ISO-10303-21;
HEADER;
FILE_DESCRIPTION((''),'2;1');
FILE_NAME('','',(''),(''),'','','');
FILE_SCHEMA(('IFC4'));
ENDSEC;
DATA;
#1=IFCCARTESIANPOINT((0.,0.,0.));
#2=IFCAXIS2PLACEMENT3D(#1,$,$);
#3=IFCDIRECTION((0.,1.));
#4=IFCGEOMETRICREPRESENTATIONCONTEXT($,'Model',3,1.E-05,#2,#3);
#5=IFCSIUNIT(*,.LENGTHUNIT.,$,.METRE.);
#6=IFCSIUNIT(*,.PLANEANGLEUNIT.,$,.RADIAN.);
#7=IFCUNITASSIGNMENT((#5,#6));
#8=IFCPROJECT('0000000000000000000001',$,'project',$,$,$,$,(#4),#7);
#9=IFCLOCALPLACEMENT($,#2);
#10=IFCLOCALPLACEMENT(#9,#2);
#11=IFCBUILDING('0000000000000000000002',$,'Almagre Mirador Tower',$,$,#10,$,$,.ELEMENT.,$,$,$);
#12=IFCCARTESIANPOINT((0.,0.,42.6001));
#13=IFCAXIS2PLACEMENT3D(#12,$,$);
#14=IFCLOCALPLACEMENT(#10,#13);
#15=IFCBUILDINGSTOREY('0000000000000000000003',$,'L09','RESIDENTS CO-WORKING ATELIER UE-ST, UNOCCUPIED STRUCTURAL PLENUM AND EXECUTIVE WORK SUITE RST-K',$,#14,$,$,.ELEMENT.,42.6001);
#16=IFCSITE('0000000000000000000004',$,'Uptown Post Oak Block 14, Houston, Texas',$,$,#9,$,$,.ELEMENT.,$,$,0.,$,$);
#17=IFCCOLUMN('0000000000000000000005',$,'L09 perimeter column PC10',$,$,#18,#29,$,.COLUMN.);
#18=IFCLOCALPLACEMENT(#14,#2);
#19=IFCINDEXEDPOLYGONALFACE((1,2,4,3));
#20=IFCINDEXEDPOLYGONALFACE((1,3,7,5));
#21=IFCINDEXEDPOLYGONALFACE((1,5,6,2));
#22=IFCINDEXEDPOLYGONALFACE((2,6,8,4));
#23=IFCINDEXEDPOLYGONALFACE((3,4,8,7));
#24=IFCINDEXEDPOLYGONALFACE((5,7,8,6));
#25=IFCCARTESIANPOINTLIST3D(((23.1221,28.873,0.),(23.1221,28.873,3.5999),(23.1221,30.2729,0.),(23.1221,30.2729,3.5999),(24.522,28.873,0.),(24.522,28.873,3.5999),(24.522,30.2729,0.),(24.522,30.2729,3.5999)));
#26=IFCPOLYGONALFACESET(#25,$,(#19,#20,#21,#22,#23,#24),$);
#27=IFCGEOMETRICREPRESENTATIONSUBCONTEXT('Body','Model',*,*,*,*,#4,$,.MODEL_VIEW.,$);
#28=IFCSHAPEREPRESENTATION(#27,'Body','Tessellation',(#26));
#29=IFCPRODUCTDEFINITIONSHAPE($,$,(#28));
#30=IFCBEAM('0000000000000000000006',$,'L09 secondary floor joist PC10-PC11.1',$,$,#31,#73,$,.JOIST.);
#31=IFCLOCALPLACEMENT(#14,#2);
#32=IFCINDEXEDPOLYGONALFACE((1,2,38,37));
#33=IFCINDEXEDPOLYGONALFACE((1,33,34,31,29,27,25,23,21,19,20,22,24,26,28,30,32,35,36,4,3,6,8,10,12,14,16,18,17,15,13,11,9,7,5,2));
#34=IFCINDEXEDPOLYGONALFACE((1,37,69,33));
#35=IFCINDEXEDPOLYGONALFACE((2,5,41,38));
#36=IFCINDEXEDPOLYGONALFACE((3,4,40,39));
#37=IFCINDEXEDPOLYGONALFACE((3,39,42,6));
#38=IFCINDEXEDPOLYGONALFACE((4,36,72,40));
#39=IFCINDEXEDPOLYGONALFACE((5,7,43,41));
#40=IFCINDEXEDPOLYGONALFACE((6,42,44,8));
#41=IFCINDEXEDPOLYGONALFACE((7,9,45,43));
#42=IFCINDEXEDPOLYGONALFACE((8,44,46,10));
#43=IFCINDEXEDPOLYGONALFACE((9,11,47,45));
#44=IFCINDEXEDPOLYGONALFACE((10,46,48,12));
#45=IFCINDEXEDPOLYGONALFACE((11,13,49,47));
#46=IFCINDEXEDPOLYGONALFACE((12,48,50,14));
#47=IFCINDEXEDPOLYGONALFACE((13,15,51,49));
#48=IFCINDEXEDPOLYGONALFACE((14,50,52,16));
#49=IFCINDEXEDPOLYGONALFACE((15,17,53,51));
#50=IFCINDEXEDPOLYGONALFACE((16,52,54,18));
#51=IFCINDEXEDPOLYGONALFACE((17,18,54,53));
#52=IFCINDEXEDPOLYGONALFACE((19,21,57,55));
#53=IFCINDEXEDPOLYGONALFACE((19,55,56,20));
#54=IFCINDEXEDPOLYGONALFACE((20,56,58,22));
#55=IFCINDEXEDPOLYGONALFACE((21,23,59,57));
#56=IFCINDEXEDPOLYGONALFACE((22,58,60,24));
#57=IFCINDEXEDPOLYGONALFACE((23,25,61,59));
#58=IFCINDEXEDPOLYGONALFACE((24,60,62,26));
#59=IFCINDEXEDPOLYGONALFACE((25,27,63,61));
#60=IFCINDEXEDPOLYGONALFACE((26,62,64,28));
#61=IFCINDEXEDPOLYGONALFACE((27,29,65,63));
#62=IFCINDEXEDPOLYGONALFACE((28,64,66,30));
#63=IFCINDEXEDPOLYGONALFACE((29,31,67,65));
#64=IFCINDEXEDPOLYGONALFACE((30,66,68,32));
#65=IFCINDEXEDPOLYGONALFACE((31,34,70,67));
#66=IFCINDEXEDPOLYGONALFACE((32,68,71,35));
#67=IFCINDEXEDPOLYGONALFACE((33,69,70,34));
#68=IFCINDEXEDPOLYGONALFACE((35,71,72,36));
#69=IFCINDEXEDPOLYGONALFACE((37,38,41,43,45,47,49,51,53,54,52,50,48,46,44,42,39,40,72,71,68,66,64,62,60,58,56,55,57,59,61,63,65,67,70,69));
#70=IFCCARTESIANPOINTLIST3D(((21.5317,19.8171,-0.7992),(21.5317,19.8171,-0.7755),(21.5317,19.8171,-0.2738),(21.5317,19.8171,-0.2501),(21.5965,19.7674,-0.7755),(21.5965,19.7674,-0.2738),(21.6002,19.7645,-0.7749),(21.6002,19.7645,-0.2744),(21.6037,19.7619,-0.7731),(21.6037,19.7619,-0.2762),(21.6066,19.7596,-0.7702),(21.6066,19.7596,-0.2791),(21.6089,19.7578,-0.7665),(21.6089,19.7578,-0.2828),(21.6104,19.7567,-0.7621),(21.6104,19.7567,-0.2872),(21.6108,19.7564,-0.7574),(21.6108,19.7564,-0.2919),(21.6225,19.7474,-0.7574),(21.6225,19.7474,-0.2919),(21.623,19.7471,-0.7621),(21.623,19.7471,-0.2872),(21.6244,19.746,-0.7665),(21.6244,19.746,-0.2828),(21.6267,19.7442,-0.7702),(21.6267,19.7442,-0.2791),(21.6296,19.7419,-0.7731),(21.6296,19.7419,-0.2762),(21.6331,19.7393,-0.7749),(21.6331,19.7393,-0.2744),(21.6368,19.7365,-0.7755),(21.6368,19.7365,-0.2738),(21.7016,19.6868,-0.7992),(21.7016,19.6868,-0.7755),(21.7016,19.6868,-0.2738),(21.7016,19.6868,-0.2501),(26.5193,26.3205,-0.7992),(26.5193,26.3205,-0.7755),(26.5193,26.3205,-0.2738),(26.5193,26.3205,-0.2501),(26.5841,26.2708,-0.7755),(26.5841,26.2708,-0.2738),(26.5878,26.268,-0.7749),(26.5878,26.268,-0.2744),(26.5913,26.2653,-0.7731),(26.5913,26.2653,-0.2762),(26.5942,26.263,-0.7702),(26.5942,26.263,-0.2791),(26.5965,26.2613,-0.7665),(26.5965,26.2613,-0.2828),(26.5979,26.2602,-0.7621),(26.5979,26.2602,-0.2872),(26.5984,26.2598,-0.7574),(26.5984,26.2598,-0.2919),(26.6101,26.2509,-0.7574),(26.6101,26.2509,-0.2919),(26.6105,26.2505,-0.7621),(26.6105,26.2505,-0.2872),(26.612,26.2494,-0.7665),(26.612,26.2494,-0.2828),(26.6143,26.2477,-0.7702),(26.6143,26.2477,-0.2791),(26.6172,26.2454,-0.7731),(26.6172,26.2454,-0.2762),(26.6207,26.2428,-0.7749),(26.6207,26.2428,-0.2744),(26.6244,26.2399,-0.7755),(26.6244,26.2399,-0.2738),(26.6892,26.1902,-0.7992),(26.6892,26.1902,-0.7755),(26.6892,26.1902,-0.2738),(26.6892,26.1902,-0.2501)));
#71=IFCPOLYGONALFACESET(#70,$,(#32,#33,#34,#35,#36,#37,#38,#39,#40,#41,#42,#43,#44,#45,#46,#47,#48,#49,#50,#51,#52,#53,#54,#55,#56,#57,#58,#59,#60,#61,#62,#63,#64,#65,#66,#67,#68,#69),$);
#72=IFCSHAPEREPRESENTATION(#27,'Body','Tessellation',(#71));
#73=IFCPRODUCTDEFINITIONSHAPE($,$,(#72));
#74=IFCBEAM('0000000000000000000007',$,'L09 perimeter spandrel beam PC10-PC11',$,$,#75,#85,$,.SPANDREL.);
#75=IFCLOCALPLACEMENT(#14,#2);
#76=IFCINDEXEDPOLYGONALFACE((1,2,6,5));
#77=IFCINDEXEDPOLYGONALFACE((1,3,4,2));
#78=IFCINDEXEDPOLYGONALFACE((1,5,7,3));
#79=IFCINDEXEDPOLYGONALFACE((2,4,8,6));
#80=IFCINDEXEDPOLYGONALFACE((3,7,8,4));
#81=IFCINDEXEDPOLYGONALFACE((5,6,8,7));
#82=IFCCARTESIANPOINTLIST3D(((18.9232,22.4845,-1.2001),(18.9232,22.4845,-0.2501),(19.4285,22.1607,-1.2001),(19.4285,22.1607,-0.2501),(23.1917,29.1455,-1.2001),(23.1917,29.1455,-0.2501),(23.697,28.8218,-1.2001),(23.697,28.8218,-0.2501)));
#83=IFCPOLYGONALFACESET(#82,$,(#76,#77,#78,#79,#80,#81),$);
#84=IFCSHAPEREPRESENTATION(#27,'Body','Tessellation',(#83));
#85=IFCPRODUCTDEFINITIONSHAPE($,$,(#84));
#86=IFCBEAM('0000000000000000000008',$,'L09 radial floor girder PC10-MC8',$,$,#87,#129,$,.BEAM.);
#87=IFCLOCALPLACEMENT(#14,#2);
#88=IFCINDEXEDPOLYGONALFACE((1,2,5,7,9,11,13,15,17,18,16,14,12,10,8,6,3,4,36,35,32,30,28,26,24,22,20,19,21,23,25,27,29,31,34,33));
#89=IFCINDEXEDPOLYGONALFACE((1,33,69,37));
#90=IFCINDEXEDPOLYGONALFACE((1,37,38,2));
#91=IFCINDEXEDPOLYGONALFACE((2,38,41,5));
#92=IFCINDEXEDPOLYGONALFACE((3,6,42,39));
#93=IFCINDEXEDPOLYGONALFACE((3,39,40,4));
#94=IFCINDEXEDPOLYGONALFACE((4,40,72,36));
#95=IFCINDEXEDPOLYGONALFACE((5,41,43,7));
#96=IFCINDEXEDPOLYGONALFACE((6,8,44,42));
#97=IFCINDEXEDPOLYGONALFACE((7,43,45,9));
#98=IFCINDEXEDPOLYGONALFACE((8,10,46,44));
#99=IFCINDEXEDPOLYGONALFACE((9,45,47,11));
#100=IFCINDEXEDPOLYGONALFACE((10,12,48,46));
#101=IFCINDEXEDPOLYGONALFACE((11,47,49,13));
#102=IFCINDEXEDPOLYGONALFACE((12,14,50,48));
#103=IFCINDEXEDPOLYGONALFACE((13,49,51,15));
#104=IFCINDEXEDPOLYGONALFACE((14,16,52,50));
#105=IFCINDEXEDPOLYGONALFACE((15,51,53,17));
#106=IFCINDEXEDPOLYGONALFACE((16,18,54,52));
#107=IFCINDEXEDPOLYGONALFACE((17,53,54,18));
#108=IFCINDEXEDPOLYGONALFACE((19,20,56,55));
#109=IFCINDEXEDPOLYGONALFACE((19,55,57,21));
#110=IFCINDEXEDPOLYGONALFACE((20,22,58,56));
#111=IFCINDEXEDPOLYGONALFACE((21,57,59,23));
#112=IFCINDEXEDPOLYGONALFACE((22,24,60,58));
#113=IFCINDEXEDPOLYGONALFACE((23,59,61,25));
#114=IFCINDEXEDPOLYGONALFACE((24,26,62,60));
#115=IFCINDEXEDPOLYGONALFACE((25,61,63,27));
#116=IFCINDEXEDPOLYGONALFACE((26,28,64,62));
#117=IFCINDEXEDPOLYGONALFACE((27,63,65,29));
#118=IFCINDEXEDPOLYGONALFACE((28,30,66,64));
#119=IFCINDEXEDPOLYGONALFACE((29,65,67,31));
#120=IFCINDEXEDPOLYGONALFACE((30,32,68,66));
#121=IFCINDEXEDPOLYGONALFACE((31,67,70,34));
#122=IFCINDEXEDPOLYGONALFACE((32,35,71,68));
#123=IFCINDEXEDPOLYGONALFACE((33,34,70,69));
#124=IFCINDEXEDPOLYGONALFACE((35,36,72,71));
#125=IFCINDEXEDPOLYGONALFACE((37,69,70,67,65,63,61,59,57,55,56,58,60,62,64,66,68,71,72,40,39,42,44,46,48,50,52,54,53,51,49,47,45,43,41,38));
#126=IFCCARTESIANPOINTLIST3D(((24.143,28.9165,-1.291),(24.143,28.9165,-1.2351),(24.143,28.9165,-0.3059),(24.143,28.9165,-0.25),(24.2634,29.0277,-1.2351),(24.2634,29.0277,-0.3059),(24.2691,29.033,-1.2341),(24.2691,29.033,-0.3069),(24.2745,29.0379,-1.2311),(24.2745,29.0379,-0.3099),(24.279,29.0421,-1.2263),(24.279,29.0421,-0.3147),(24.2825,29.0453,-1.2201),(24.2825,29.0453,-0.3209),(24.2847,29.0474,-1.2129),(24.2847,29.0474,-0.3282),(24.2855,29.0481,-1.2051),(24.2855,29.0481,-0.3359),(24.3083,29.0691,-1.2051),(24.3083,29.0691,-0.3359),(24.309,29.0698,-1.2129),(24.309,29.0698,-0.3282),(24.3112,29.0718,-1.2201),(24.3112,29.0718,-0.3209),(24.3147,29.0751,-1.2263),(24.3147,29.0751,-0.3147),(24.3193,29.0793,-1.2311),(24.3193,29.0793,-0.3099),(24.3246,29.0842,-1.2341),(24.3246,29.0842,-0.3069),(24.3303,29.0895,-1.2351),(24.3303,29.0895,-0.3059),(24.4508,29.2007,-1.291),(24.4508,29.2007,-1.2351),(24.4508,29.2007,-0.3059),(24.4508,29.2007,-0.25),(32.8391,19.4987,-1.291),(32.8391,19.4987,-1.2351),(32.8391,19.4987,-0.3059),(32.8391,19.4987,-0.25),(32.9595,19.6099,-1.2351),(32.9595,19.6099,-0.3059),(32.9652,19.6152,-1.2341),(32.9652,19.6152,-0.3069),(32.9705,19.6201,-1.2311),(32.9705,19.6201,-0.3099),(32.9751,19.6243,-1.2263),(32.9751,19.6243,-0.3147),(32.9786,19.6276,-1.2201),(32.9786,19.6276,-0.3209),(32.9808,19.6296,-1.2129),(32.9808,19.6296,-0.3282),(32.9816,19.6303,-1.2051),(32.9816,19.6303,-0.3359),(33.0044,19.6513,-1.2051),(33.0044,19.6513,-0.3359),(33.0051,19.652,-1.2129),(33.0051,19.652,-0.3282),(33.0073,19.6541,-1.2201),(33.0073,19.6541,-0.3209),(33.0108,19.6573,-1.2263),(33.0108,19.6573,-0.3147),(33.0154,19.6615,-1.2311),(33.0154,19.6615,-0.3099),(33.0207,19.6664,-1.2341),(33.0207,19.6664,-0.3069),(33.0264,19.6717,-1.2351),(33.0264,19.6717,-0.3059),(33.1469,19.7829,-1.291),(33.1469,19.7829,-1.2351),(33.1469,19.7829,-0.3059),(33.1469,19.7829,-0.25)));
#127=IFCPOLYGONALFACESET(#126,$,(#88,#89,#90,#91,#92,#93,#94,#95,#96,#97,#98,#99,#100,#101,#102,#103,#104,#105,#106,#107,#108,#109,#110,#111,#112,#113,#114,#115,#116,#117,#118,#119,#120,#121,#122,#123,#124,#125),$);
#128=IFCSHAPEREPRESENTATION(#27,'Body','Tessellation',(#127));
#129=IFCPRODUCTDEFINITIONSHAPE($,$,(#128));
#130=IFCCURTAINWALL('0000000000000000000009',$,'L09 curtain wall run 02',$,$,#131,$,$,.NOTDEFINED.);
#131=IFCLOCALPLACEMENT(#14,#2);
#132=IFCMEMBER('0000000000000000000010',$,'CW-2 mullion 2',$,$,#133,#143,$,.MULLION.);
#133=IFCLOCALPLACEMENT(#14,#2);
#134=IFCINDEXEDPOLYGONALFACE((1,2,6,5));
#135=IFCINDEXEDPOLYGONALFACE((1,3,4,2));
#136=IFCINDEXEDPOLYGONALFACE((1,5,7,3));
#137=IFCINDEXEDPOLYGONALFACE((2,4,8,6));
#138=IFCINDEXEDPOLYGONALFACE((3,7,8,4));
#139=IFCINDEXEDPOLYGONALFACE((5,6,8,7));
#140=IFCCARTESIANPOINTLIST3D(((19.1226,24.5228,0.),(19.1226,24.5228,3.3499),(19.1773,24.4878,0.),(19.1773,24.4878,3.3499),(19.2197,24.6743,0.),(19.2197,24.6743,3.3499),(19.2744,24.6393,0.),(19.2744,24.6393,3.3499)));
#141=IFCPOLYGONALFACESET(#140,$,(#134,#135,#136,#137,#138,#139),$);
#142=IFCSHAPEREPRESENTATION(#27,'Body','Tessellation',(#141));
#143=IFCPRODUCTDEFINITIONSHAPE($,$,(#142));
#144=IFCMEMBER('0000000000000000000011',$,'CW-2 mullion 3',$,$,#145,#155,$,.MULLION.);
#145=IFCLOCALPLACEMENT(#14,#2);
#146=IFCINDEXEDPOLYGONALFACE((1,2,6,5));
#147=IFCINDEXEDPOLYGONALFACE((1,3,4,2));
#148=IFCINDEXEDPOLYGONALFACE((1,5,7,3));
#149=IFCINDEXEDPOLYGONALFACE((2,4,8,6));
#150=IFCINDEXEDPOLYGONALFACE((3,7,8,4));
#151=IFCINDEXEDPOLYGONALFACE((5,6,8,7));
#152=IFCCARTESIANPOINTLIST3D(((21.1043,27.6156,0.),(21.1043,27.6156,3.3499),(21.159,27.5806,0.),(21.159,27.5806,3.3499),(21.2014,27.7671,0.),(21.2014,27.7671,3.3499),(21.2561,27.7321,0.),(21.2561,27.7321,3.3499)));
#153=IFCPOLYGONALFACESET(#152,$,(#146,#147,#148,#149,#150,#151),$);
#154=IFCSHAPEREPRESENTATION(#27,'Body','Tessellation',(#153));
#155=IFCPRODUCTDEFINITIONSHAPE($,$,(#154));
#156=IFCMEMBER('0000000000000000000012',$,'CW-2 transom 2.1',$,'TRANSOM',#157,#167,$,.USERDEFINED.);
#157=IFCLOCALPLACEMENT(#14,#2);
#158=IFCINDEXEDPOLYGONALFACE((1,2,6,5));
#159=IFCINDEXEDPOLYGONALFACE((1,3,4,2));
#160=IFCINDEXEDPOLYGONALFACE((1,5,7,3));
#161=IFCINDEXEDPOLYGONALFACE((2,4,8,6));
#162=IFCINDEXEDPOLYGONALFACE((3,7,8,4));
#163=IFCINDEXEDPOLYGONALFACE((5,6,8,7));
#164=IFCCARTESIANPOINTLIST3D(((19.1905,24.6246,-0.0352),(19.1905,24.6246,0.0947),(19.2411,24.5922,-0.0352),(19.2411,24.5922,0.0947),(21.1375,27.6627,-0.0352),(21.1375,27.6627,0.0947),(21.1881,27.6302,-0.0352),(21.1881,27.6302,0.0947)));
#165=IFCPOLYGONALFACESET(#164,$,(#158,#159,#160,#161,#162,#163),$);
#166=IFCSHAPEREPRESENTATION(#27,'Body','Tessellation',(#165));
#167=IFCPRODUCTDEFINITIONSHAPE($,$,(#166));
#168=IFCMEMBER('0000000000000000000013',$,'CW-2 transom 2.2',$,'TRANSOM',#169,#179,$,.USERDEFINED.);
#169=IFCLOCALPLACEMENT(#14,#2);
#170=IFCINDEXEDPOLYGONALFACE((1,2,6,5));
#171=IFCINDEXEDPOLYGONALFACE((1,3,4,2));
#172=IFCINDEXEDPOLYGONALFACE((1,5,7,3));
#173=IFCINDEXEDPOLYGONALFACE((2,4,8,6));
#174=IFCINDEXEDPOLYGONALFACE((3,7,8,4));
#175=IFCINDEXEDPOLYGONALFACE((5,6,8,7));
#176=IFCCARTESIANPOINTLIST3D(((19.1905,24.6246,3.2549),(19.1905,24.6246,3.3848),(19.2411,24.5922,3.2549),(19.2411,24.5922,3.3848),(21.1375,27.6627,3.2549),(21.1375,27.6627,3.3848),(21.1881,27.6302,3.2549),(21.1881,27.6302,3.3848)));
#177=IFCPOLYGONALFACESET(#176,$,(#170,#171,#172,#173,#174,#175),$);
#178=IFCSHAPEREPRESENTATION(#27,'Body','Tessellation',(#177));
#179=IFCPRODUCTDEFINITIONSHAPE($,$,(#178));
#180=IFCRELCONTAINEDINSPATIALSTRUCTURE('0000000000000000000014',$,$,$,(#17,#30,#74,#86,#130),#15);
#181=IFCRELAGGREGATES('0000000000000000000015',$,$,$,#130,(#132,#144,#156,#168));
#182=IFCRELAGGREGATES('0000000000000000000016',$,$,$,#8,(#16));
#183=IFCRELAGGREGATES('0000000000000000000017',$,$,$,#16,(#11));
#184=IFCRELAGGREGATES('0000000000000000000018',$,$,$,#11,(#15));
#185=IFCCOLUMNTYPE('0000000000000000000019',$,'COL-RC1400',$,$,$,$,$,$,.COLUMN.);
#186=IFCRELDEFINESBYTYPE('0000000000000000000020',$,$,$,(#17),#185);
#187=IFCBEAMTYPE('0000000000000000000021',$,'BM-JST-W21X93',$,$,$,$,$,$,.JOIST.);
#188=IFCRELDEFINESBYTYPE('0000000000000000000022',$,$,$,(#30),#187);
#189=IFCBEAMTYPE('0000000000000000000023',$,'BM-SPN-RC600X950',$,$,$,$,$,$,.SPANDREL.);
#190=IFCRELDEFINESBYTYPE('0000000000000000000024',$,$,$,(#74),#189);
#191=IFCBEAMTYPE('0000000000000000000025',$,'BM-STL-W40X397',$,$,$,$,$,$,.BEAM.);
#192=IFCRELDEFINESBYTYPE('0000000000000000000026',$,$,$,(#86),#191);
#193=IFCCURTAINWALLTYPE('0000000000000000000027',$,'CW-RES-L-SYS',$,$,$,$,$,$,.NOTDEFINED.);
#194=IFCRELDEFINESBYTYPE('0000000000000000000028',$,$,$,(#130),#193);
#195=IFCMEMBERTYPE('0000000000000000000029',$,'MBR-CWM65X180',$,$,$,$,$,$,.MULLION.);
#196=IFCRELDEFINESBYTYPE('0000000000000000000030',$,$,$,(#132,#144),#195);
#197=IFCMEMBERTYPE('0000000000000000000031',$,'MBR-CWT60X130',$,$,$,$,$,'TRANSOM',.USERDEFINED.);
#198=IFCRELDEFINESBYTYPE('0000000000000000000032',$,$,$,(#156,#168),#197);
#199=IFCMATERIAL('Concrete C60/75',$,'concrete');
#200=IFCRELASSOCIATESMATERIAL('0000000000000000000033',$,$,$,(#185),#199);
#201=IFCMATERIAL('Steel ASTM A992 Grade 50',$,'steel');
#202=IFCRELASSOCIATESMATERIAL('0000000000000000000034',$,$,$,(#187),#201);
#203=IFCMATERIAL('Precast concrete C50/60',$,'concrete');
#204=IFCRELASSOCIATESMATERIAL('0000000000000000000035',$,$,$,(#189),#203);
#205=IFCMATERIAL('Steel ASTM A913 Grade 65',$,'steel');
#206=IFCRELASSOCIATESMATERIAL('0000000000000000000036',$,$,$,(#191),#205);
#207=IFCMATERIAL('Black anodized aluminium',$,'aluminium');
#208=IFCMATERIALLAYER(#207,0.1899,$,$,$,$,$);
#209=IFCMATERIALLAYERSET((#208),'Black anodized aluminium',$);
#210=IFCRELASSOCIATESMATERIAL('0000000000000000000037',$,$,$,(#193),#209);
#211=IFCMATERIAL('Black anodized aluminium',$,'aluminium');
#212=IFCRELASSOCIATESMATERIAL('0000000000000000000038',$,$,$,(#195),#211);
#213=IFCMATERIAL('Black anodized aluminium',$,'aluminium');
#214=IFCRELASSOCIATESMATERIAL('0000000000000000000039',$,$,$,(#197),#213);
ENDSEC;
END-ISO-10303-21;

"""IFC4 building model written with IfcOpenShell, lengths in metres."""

from ifc_helpers import new_model, si_unit, direction, frame, origin, origin_2d, place, context, subcontext, project, spatial, rectangle, i_section, extrude, material, layer, layer_set, material_profile, profile_set, type_object, element, aggregate, save


model = new_model("IFC4")

# Units and contexts
model_context = context("Model", 3, precision=1e-05, world=origin(), true_north=direction((0.0, 1.0)))
body_context = subcontext(model_context, "Body", "Model", "MODEL_VIEW")
ifc_project = project(units=[si_unit("LENGTHUNIT", "METRE"), si_unit("PLANEANGLEUNIT", "RADIAN")], contexts=[model_context])

# Site, building, storey
site_placement = place(None, origin())
site = spatial("IfcSite", under=ifc_project, at=site_placement, Name="Uptown Post Oak Block 14, Houston, Texas", CompositionType="ELEMENT", RefElevation=0.0)
building_placement = place(site_placement, origin())
building = spatial("IfcBuilding", under=site, at=building_placement, Name="Almagre Mirador Tower", CompositionType="ELEMENT")
storey_placement = place(building_placement, frame((0.0, 0.0, 42.6001)))
storey = spatial("IfcBuildingStorey", under=building, at=storey_placement, Name="L09", Description="RESIDENTS CO-WORKING ATELIER UE-ST, UNOCCUPIED STRUCTURAL PLENUM AND EXECUTIVE WORK SUITE RST-K", CompositionType="ELEMENT", Elevation=42.6001)

# Column
ifc_material_1 = material(Name="Concrete C60/75", Category="concrete")
ifc_material_profile_1 = material_profile(ifc_material_1, rectangle(XDim=1.3999, YDim=1.3999, at=origin_2d()), Name="RC1400X1400")
ifc_profile_set_1 = profile_set([ifc_material_profile_1], Name="Concrete C60/75")
column_type = type_object("IfcColumnType", Name="COL-RC1400", PredefinedType="COLUMN", material=ifc_profile_set_1)
column_placement = place(storey_placement, frame((23.822, 29.573, 0.0), z_axis=(0.0, 0.0, 1.0), x_axis=(1.0, 0.0, 0.0)))
element("IfcColumn", 1, at=column_placement, inside=storey, type_object=column_type, Name="L09 perimeter column PC10", PredefinedType="COLUMN", context=body_context, shape_type="SweptSolid", body=[
    extrude(rectangle(XDim=1.3999, YDim=1.3999, at=origin_2d()), origin(), (0.0, 0.0, 1.0), 3.5999),
])

# Beams
ifc_material_2 = material(Name="Steel ASTM A992 Grade 50", Category="steel")
ifc_material_profile_2 = material_profile(ifc_material_2, i_section(OverallWidth=0.2141, OverallDepth=0.5491, WebThickness=0.0146, FlangeThickness=0.0237, FilletRadius=0.0181, at=origin_2d()), Name="W21X93")
ifc_profile_set_2 = profile_set([ifc_material_profile_2], Name="Steel ASTM A992 Grade 50")
beam_type_1 = type_object("IfcBeamType", Name="BM-JST-W21X93", PredefinedType="JOIST", material=ifc_profile_set_2)
beam_1_placement = place(storey_placement, frame((26.6042, 26.2554, -0.5247), z_axis=(-0.608554, -0.793512, 0.0), x_axis=(0.793512, -0.608554, 0.0)))
element("IfcBeam", 2, at=beam_1_placement, inside=storey, type_object=beam_type_1, Name="L09 secondary floor joist PC10-PC11.1", PredefinedType="JOIST", context=body_context, shape_type="SweptSolid", body=[
    extrude(i_section(OverallWidth=0.2141, OverallDepth=0.5491, WebThickness=0.0146, FlangeThickness=0.0237, FilletRadius=0.0181, at=origin_2d()), origin(), (0.0, 0.0, 1.0), 8.1958),
])
ifc_material_3 = material(Name="Precast concrete C50/60", Category="concrete")
ifc_material_profile_3 = material_profile(ifc_material_3, rectangle(XDim=0.6001, YDim=0.95, at=origin_2d()), Name="RC600X950")
ifc_profile_set_3 = profile_set([ifc_material_profile_3], Name="Precast concrete C50/60")
beam_type_2 = type_object("IfcBeamType", Name="BM-SPN-RC600X950", PredefinedType="SPANDREL", material=ifc_profile_set_3)
beam_2_placement = place(storey_placement, frame((23.4443, 28.9836, -0.7251), z_axis=(-0.53954, -0.84196, 0.0), x_axis=(0.84196, -0.53954, 0.0)))
element("IfcBeam", 3, at=beam_2_placement, inside=storey, type_object=beam_type_2, Name="L09 perimeter spandrel beam PC10-PC11", PredefinedType="SPANDREL", context=body_context, shape_type="SweptSolid", body=[
    extrude(rectangle(XDim=0.6001, YDim=0.95, at=origin_2d()), origin(), (0.0, 0.0, 1.0), 7.9114),
])
ifc_material_4 = material(Name="Steel ASTM A913 Grade 65", Category="steel")
ifc_material_profile_4 = material_profile(ifc_material_4, i_section(OverallWidth=0.4189, OverallDepth=1.041, WebThickness=0.031, FlangeThickness=0.0559, FilletRadius=0.03, at=origin_2d()), Name="W40X397")
ifc_profile_set_4 = profile_set([ifc_material_profile_4], Name="Steel ASTM A913 Grade 65")
beam_type_3 = type_object("IfcBeamType", Name="BM-STL-W40X397", PredefinedType="BEAM", material=ifc_profile_set_4)
beam_3_placement = place(storey_placement, frame((24.2969, 29.0586, -0.7705), z_axis=(0.678396, -0.734696, 0.0), x_axis=(0.734696, 0.678396, 0.0)))
element("IfcBeam", 4, at=beam_3_placement, inside=storey, type_object=beam_type_3, Name="L09 radial floor girder PC10-MC8", PredefinedType="BEAM", context=body_context, shape_type="SweptSolid", body=[
    extrude(i_section(OverallWidth=0.4189, OverallDepth=1.041, WebThickness=0.031, FlangeThickness=0.0559, FilletRadius=0.03, at=origin_2d()), origin(), (0.0, 0.0, 1.0), 12.8186),
])

# Curtain wall, members
ifc_material_5 = material(Name="Black anodized aluminium", Category="aluminium")
ifc_layer_1 = layer(ifc_material_5, 0.1899)
ifc_layer_set_1 = layer_set([ifc_layer_1], Name="Black anodized aluminium")
curtain_wall_type = type_object("IfcCurtainWallType", Name="CW-RES-L-SYS", PredefinedType="NOTDEFINED", material=ifc_layer_set_1)
curtain_wall_placement = place(storey_placement, origin())
curtain_wall = element("IfcCurtainWall", 5, at=curtain_wall_placement, inside=storey, type_object=curtain_wall_type, Name="L09 curtain wall run 02", PredefinedType="NOTDEFINED")
ifc_material_6 = material(Name="Black anodized aluminium", Category="aluminium")
ifc_material_profile_5 = material_profile(ifc_material_6, rectangle(XDim=0.0649, YDim=0.1799, at=origin_2d()), Name="CWM65X180")
ifc_profile_set_5 = profile_set([ifc_material_profile_5], Name="Black anodized aluminium")
member_type_1 = type_object("IfcMemberType", Name="MBR-CWM65X180", PredefinedType="MULLION", material=ifc_profile_set_5)
member_1_placement = place(storey_placement, frame((19.1985, 24.5811, 0.0), z_axis=(0.0, 0.0, 1.0), x_axis=(-0.841961, 0.539539, 0.0)))
member_1 = element("IfcMember", 6, at=member_1_placement, type_object=member_type_1, Name="CW-2 mullion 2", PredefinedType="MULLION", context=body_context, shape_type="SweptSolid", body=[
    extrude(rectangle(XDim=0.0649, YDim=0.1799, at=origin_2d()), origin(), (0.0, 0.0, 1.0), 3.3499),
])
member_2_placement = place(storey_placement, frame((21.1802, 27.6738, 0.0), z_axis=(0.0, 0.0, 1.0), x_axis=(-0.841961, 0.539539, 0.0)))
member_2 = element("IfcMember", 7, at=member_2_placement, type_object=member_type_1, Name="CW-2 mullion 3", PredefinedType="MULLION", context=body_context, shape_type="SweptSolid", body=[
    extrude(rectangle(XDim=0.0649, YDim=0.1799, at=origin_2d()), origin(), (0.0, 0.0, 1.0), 3.3499),
])
ifc_material_7 = material(Name="Black anodized aluminium", Category="aluminium")
ifc_material_profile_6 = material_profile(ifc_material_7, rectangle(XDim=0.0601, YDim=0.1299, at=origin_2d()), Name="CWT60X130")
ifc_profile_set_6 = profile_set([ifc_material_profile_6], Name="Black anodized aluminium")
member_type_2 = type_object("IfcMemberType", Name="MBR-CWT60X130", ElementType="TRANSOM", PredefinedType="USERDEFINED", material=ifc_profile_set_6)
member_3_placement = place(storey_placement, frame((19.2158, 24.6084, 0.0298), z_axis=(0.539574, 0.841938, 0.0), x_axis=(-0.841938, 0.539574, 0.0)))
member_3 = element("IfcMember", 8, at=member_3_placement, type_object=member_type_2, Name="CW-2 transom 2.1", ObjectType="TRANSOM", PredefinedType="USERDEFINED", context=body_context, shape_type="SweptSolid", body=[
    extrude(rectangle(XDim=0.0601, YDim=0.1299, at=origin_2d()), origin(), (0.0, 0.0, 1.0), 3.6084),
])
member_4_placement = place(storey_placement, frame((19.2158, 24.6084, 3.3198), z_axis=(0.539574, 0.841938, 0.0), x_axis=(-0.841938, 0.539574, 0.0)))
member_4 = element("IfcMember", 9, at=member_4_placement, type_object=member_type_2, Name="CW-2 transom 2.2", ObjectType="TRANSOM", PredefinedType="USERDEFINED", context=body_context, shape_type="SweptSolid", body=[
    extrude(rectangle(XDim=0.0601, YDim=0.1299, at=origin_2d()), origin(), (0.0, 0.0, 1.0), 3.6084),
])
aggregate(curtain_wall, [member_1, member_2, member_3, member_4])

save(model, "model.ifc")
